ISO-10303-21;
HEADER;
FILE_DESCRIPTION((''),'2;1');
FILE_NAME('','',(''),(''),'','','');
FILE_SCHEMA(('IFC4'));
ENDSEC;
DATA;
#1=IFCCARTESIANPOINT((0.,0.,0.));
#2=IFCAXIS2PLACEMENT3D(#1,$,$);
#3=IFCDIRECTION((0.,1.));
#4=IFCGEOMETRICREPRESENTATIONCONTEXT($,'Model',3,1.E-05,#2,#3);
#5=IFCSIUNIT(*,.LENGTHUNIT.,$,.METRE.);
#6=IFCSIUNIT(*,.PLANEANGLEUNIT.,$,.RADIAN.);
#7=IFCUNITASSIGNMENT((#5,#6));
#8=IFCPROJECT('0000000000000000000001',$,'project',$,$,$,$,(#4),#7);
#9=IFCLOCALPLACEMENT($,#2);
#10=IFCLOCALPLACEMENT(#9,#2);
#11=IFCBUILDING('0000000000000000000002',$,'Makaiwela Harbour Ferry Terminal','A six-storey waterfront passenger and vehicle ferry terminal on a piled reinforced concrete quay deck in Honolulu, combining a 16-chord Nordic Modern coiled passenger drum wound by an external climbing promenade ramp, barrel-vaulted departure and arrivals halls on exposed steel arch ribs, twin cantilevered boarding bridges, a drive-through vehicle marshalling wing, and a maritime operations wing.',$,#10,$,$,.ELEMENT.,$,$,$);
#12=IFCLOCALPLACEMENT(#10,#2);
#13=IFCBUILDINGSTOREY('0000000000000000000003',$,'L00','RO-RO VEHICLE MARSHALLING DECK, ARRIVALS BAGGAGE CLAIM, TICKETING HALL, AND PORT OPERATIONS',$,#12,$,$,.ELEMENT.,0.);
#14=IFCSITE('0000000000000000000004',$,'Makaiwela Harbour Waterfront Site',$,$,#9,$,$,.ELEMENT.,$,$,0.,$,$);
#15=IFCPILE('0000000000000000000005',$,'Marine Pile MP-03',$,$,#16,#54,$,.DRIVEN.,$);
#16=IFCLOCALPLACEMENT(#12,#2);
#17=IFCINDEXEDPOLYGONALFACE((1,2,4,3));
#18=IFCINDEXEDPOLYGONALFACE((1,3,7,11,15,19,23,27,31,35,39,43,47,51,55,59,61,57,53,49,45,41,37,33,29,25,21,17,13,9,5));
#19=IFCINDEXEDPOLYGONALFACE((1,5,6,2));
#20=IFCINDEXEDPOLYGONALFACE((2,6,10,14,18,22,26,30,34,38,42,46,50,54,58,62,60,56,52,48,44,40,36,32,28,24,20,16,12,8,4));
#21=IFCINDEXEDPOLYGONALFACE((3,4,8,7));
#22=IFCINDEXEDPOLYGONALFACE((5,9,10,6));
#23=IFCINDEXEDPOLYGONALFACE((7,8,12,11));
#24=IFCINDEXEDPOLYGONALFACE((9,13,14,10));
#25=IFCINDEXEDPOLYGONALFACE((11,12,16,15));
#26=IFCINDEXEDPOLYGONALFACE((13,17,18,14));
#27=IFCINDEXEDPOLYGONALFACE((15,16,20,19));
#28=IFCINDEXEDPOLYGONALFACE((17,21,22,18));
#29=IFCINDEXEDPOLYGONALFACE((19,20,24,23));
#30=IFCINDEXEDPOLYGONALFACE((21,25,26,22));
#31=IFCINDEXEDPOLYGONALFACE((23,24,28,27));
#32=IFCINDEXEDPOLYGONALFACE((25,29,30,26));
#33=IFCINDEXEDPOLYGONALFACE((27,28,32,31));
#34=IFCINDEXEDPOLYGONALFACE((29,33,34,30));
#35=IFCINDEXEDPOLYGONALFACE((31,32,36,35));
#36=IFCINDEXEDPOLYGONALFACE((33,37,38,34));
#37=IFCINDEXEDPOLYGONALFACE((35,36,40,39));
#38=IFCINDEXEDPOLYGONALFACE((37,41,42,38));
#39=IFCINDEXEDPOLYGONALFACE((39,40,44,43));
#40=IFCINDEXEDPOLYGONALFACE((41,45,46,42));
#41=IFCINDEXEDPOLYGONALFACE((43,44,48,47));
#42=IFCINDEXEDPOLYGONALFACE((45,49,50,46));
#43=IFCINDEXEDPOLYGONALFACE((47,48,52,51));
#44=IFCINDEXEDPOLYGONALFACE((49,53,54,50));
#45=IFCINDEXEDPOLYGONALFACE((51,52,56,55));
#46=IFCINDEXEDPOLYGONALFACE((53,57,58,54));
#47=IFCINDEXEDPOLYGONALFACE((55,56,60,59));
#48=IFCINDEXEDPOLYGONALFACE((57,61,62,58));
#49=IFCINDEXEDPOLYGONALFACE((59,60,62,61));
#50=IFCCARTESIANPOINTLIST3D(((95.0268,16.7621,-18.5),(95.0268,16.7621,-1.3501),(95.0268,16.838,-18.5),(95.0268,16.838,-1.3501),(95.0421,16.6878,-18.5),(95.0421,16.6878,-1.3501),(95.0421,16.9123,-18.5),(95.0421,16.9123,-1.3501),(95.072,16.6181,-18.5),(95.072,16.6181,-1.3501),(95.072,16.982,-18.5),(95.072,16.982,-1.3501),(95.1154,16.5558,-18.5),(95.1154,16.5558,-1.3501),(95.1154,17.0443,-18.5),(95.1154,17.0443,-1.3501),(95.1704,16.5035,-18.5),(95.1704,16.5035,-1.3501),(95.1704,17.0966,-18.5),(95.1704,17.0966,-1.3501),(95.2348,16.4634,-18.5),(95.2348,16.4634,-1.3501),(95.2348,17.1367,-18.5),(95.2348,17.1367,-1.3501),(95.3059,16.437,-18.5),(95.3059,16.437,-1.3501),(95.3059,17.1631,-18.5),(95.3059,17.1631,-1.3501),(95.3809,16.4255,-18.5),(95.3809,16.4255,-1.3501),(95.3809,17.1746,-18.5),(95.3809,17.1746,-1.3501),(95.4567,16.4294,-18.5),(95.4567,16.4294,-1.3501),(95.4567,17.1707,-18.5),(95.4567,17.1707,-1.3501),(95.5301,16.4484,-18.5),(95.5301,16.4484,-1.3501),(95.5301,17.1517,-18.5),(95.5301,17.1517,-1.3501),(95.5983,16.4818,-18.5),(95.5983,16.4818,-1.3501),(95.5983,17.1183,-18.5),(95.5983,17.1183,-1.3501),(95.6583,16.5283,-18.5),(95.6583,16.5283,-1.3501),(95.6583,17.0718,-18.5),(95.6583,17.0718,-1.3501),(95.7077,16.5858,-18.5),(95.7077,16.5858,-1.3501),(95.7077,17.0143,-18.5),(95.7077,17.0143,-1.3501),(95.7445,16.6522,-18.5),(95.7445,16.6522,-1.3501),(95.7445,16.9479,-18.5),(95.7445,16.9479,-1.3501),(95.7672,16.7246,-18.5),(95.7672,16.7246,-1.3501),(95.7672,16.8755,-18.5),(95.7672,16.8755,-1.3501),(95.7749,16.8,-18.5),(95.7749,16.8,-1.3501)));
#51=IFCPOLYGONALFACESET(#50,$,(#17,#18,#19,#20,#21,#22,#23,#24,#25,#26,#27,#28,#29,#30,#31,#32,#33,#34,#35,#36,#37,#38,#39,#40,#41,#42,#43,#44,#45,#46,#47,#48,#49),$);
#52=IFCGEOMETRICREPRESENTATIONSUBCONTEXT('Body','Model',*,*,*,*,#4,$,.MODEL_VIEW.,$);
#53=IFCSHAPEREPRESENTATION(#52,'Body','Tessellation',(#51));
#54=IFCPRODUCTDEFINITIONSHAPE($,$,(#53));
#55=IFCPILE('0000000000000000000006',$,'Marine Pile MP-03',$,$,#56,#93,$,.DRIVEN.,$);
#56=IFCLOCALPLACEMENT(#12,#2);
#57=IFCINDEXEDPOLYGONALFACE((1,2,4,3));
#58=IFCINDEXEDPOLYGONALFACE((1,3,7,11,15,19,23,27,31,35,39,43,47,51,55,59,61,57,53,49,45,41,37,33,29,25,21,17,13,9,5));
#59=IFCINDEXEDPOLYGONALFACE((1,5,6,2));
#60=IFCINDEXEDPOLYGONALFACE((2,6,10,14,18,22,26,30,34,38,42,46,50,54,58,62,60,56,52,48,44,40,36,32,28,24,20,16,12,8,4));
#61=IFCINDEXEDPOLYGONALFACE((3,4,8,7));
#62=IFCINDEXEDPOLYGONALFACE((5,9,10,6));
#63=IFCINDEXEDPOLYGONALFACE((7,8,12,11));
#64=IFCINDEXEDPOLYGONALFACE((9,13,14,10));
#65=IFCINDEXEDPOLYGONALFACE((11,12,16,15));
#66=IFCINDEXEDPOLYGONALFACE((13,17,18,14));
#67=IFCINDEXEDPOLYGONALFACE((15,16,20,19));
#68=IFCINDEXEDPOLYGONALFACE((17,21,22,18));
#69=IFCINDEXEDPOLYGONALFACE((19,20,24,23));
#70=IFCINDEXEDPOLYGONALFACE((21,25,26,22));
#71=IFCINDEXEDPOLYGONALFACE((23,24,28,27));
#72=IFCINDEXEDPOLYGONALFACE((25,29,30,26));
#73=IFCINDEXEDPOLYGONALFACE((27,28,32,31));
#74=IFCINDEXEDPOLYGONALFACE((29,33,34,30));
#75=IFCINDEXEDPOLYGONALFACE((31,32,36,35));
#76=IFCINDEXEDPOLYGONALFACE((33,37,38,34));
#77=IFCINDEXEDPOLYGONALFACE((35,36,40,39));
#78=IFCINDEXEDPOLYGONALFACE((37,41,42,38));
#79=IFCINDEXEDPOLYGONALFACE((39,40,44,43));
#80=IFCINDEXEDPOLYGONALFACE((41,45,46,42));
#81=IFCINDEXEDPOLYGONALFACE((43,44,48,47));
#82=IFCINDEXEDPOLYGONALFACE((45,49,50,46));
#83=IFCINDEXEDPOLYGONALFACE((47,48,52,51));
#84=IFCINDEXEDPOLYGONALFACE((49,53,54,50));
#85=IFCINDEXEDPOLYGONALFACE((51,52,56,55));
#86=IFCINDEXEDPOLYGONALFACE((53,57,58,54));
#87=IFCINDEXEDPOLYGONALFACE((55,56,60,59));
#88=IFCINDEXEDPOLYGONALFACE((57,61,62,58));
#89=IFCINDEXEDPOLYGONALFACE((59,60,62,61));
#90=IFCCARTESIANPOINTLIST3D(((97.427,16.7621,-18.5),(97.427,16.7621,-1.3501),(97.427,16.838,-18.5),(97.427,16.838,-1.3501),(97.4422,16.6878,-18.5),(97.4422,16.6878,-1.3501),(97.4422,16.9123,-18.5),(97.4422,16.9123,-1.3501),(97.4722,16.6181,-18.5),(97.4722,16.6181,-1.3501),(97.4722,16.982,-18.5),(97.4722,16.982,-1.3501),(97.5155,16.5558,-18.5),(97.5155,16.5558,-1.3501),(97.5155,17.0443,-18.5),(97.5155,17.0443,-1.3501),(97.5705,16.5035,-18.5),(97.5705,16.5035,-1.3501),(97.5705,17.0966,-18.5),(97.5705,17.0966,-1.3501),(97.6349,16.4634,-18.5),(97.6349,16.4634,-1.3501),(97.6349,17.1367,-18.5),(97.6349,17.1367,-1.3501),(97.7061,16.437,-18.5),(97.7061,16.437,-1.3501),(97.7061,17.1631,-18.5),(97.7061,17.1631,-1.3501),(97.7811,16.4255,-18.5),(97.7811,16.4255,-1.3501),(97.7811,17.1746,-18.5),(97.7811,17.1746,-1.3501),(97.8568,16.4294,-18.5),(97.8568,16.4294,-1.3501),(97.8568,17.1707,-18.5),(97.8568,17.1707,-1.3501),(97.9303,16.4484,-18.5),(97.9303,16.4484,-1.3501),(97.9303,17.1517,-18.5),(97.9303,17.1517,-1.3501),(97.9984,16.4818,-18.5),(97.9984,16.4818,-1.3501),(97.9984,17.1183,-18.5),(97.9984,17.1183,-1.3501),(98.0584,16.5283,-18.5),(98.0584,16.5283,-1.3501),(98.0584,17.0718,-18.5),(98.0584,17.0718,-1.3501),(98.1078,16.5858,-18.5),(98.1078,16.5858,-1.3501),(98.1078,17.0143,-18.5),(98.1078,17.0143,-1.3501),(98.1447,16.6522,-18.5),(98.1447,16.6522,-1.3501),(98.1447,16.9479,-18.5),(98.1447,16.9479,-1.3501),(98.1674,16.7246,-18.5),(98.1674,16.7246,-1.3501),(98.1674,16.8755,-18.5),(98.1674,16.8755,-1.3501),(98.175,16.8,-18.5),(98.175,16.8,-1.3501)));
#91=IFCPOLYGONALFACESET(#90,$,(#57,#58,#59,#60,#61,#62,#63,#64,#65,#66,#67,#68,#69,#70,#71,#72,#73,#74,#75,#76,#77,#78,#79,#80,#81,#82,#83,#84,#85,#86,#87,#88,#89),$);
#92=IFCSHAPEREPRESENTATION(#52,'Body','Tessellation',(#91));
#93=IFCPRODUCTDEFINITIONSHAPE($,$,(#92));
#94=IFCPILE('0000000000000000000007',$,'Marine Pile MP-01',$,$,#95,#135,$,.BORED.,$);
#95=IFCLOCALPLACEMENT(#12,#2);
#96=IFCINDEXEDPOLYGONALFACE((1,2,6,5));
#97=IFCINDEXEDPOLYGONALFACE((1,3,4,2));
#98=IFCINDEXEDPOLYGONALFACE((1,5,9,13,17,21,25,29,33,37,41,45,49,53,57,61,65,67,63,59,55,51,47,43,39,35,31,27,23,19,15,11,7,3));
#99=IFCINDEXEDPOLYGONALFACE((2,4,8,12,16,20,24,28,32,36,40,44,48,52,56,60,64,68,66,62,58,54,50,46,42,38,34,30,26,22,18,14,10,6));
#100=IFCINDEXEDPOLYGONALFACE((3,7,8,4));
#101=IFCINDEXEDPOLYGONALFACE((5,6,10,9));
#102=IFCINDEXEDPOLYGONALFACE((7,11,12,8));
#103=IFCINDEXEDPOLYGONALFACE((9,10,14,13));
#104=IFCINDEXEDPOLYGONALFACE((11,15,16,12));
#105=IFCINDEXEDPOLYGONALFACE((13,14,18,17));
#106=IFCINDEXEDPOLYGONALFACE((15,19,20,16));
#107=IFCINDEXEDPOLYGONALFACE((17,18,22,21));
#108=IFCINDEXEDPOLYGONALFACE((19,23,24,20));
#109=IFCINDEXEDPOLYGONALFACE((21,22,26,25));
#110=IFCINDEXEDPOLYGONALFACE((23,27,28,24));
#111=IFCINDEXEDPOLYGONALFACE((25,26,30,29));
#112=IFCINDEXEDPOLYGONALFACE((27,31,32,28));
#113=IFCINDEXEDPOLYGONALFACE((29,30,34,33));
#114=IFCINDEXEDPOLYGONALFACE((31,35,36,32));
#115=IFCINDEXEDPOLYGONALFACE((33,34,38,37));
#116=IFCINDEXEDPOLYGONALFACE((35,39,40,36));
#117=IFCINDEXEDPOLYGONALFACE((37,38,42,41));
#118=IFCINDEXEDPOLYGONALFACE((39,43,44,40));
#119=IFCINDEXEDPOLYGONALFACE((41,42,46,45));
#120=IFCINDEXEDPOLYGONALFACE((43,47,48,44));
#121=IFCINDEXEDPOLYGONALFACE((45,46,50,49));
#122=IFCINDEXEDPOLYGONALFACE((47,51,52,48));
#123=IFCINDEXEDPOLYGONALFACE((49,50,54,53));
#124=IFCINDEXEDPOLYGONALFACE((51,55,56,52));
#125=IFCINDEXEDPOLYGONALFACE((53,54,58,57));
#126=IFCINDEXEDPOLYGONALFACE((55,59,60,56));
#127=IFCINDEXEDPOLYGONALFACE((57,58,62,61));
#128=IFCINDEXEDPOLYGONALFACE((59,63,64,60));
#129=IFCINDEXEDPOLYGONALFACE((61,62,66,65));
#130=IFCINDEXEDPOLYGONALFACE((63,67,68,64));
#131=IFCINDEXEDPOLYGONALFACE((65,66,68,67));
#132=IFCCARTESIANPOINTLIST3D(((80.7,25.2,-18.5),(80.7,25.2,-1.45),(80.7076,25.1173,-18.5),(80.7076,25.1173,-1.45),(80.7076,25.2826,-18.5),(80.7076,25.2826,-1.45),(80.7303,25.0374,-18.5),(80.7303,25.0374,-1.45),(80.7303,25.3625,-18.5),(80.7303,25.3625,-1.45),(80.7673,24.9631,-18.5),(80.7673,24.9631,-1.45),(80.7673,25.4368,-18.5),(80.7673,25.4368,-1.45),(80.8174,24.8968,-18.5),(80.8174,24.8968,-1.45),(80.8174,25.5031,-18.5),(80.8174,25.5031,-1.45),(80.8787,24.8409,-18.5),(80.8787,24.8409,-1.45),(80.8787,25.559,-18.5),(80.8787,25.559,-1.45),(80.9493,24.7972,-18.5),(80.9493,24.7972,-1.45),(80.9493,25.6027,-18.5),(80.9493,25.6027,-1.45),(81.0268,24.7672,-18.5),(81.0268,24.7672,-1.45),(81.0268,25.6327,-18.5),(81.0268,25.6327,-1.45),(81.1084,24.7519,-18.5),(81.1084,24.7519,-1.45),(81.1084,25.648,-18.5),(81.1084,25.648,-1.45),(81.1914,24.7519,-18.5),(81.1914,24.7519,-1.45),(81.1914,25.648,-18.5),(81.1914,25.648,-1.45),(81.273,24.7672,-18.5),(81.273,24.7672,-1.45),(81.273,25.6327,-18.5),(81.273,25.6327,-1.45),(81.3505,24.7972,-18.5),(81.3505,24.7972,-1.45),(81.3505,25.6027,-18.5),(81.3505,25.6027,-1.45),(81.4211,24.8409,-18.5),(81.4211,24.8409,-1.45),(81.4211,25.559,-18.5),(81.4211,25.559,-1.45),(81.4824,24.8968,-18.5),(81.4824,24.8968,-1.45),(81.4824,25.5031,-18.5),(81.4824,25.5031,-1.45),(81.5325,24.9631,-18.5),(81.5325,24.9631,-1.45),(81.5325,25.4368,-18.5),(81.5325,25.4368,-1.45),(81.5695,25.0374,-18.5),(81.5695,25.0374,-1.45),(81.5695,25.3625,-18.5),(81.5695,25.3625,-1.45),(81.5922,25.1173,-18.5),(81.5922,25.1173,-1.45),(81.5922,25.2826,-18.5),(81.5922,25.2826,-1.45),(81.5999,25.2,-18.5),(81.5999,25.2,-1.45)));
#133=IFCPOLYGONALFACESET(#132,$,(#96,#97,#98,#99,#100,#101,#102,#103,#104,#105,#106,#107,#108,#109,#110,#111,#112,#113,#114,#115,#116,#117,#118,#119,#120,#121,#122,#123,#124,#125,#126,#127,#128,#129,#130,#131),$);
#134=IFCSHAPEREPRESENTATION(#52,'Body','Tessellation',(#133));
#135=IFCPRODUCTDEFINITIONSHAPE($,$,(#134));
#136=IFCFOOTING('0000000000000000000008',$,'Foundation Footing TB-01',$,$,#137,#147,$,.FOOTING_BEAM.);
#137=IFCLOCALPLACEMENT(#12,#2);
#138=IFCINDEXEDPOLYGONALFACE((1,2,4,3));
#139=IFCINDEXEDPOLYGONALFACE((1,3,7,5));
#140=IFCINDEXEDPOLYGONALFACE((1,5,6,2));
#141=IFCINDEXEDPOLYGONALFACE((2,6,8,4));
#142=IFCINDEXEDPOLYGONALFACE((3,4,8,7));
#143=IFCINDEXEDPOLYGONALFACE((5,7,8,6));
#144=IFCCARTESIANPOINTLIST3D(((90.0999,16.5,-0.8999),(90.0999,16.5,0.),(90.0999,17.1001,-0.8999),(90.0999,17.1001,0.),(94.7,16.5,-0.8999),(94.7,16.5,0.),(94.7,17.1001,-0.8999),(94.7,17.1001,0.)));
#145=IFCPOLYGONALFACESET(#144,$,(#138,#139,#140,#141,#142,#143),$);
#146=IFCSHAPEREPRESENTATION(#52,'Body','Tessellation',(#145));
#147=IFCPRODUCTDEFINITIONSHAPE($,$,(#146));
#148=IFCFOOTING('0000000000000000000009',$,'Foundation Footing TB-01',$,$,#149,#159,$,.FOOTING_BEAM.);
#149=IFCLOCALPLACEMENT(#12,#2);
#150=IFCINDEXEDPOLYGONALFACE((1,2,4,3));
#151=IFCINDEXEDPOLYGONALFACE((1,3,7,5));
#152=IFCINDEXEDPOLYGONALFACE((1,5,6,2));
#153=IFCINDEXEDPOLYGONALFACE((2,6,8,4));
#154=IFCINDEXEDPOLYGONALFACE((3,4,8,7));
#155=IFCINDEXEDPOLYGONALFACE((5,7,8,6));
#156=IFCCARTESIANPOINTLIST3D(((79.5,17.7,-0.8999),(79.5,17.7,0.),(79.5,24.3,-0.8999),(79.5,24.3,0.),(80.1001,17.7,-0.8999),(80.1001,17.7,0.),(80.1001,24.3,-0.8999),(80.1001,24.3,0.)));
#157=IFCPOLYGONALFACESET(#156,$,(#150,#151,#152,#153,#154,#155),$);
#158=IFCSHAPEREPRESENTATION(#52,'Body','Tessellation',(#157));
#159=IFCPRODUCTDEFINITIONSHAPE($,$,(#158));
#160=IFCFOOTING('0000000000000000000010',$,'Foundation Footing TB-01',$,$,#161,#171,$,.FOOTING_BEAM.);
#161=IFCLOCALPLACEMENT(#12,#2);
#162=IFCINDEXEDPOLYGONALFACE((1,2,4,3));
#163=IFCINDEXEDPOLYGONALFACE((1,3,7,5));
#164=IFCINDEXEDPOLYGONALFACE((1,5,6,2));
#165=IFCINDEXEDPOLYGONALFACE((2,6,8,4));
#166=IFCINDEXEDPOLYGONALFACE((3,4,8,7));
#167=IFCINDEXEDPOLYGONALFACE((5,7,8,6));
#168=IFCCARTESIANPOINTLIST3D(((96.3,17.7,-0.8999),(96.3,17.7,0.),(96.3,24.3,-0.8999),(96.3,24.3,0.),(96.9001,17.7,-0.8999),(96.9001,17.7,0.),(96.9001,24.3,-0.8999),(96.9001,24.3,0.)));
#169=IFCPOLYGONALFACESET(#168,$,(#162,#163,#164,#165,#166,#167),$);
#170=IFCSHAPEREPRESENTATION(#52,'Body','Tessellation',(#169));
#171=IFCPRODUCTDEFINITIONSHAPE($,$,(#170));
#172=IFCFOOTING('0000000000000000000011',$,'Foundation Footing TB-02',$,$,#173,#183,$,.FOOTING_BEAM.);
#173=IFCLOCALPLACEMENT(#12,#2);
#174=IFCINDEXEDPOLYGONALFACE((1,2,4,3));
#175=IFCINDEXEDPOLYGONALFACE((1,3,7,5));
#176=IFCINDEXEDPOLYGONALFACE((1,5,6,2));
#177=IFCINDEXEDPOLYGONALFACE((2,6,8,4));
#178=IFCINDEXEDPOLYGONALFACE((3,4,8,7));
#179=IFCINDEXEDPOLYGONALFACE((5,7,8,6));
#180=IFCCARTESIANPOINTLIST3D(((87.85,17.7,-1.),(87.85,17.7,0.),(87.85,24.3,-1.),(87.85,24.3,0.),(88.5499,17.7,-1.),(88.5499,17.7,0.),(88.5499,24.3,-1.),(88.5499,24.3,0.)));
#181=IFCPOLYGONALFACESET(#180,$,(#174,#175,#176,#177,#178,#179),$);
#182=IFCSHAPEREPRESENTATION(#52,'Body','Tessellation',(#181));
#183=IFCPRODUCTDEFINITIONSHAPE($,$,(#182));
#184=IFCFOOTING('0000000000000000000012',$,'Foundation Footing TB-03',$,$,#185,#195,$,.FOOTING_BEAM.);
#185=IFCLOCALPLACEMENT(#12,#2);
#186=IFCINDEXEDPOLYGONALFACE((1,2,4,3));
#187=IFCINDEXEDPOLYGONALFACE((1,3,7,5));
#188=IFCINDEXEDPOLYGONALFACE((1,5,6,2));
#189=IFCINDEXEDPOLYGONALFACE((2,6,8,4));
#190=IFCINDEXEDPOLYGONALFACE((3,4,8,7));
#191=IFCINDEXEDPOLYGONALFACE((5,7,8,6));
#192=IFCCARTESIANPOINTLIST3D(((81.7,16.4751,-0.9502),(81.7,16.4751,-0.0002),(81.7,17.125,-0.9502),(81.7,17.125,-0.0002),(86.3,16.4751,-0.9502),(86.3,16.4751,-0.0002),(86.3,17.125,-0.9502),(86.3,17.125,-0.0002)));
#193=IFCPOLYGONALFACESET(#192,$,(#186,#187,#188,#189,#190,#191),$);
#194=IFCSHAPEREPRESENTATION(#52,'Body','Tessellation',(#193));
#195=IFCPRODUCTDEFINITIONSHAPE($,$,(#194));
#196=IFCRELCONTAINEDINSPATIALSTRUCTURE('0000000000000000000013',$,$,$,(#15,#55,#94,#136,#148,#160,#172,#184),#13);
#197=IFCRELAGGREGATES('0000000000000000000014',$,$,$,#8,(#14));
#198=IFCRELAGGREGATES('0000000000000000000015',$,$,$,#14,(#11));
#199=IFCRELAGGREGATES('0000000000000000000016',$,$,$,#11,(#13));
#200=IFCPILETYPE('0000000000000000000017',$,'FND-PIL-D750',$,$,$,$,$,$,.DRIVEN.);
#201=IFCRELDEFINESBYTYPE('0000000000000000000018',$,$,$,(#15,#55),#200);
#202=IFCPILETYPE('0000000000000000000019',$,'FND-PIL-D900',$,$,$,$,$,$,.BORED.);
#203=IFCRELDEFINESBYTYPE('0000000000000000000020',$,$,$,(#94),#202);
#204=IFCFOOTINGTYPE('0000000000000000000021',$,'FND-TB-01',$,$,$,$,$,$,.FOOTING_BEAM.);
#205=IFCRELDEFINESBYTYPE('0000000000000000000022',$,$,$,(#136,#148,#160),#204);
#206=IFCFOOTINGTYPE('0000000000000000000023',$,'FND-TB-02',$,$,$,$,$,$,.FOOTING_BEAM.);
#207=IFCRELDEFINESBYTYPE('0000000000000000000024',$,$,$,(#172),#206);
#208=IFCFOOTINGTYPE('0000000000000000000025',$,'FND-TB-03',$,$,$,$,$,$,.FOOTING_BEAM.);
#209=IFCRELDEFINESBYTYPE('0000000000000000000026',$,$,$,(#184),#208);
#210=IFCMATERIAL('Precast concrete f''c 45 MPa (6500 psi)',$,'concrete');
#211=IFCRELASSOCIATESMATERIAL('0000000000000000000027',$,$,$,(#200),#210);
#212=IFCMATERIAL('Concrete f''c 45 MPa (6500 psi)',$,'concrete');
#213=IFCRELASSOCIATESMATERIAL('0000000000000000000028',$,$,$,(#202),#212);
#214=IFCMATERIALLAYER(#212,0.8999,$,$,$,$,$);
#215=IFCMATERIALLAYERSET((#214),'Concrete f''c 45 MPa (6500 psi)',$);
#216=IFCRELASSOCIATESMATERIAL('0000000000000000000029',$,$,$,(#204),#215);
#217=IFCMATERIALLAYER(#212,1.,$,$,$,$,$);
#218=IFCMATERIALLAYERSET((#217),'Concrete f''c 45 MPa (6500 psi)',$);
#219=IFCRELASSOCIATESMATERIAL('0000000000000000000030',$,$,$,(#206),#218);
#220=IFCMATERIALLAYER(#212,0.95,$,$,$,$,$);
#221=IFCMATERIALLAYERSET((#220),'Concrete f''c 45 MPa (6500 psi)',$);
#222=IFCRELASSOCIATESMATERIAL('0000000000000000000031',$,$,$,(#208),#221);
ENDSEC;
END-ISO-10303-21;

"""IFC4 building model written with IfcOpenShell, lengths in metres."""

from ifc_helpers import new_model, si_unit, direction, frame, origin, origin_2d, place, context, subcontext, project, spatial, rectangle, circle, extrude, material, layer, layer_set, material_profile, profile_set, type_object, element, save


model = new_model("IFC4")

# Units and contexts
model_context = context("Model", 3, precision=1e-05, world=origin(), true_north=direction((0.0, 1.0)))
body_context = subcontext(model_context, "Body", "Model", "MODEL_VIEW")
ifc_project = project(units=[si_unit("LENGTHUNIT", "METRE"), si_unit("PLANEANGLEUNIT", "RADIAN")], contexts=[model_context])

# Site, building, storey
site_placement = place(None, origin())
site = spatial("IfcSite", under=ifc_project, at=site_placement, Name="Makaiwela Harbour Waterfront Site", CompositionType="ELEMENT", RefElevation=0.0)
building_placement = place(site_placement, origin())
building = spatial("IfcBuilding", under=site, at=building_placement, Name="Makaiwela Harbour Ferry Terminal", Description="A six-storey waterfront passenger and vehicle ferry terminal on a piled reinforced concrete quay deck in Honolulu, combining a 16-chord Nordic Modern coiled passenger drum wound by an external climbing promenade ramp, barrel-vaulted departure and arrivals halls on exposed steel arch ribs, twin cantilevered boarding bridges, a drive-through vehicle marshalling wing, and a maritime operations wing.", CompositionType="ELEMENT")
storey_placement = place(building_placement, origin())
storey = spatial("IfcBuildingStorey", under=building, at=storey_placement, Name="L00", Description="RO-RO VEHICLE MARSHALLING DECK, ARRIVALS BAGGAGE CLAIM, TICKETING HALL, AND PORT OPERATIONS", CompositionType="ELEMENT", Elevation=0.0)

# Shared definitions
ifc_material_1 = material(Name="Concrete f'c 45 MPa (6500 psi)", Category="concrete")

# Piles
ifc_material_2 = material(Name="Precast concrete f'c 45 MPa (6500 psi)", Category="concrete")
ifc_material_profile_1 = material_profile(ifc_material_2, circle(Radius=0.375, at=origin_2d()), Name="PILE-D750")
ifc_profile_set_1 = profile_set([ifc_material_profile_1], Name="Precast concrete f'c 45 MPa (6500 psi)")
pile_type_1 = type_object("IfcPileType", Name="FND-PIL-D750", PredefinedType="DRIVEN", material=ifc_profile_set_1)
for number, where, z_axis, x_axis, name in (
    (1, (95.3999, 16.8, -1.3501), (0.0, 0.0, -1.0), (1.0, 0.0, 0.0), "Marine Pile MP-03"),
    (2, (97.8, 16.8, -1.3501), (0.0, 0.0, -1.0), (1.0, 0.0, 0.0), "Marine Pile MP-03"),
):
    element("IfcPile", number, at=place(storey_placement, frame(where, z_axis=z_axis, x_axis=x_axis)), inside=storey, type_object=pile_type_1, Name=name, PredefinedType="DRIVEN", context=body_context, shape_type="SweptSolid", body=[
        extrude(circle(Radius=0.375, at=origin_2d()), origin(), (0.0, 0.0, 1.0), 17.1499),
    ])
ifc_material_profile_2 = material_profile(ifc_material_1, circle(Radius=0.45, at=origin_2d()), Name="PILE-D900")
ifc_profile_set_2 = profile_set([ifc_material_profile_2], Name="Concrete f'c 45 MPa (6500 psi)")
pile_type_2 = type_object("IfcPileType", Name="FND-PIL-D900", PredefinedType="BORED", material=ifc_profile_set_2)
pile_placement = place(storey_placement, frame((81.1499, 25.2, -1.45), z_axis=(0.0, 0.0, -1.0), x_axis=(1.0, 0.0, 0.0)))
element("IfcPile", 3, at=pile_placement, inside=storey, type_object=pile_type_2, Name="Marine Pile MP-01", PredefinedType="BORED", context=body_context, shape_type="SweptSolid", body=[
    extrude(circle(Radius=0.45, at=origin_2d()), origin(), (0.0, 0.0, 1.0), 17.05),
])

# Footings
ifc_layer_1 = layer(ifc_material_1, 0.8999)
ifc_layer_set_1 = layer_set([ifc_layer_1], Name="Concrete f'c 45 MPa (6500 psi)")
footing_type_1 = type_object("IfcFootingType", Name="FND-TB-01", PredefinedType="FOOTING_BEAM", material=ifc_layer_set_1)
footing_1_placement = place(storey_placement, frame((92.3999, 16.8, -0.8999), z_axis=(0.0, 0.0, 1.0), x_axis=(1.0, 0.0, 0.0)))
element("IfcFooting", 4, at=footing_1_placement, inside=storey, type_object=footing_type_1, Name="Foundation Footing TB-01", PredefinedType="FOOTING_BEAM", context=body_context, shape_type="SweptSolid", body=[
    extrude(rectangle(XDim=4.6001, YDim=0.6001, at=origin_2d()), origin(), (0.0, 0.0, 1.0), 0.8999),
])
for number, where, z_axis, x_axis, name in (
    (5, (79.8, 21.0, -0.8999), (0.0, 0.0, 1.0), (0.0, 1.0, 0.0), "Foundation Footing TB-01"),
    (6, (96.6001, 21.0, -0.8999), (0.0, 0.0, 1.0), (0.0, 1.0, 0.0), "Foundation Footing TB-01"),
):
    element("IfcFooting", number, at=place(storey_placement, frame(where, z_axis=z_axis, x_axis=x_axis)), inside=storey, type_object=footing_type_1, Name=name, PredefinedType="FOOTING_BEAM", context=body_context, shape_type="SweptSolid", body=[
        extrude(rectangle(XDim=6.6001, YDim=0.6001, at=origin_2d()), origin(), (0.0, 0.0, 1.0), 0.8999),
    ])
ifc_layer_2 = layer(ifc_material_1, 1.0)
ifc_layer_set_2 = layer_set([ifc_layer_2], Name="Concrete f'c 45 MPa (6500 psi)")
footing_type_2 = type_object("IfcFootingType", Name="FND-TB-02", PredefinedType="FOOTING_BEAM", material=ifc_layer_set_2)
footing_2_placement = place(storey_placement, frame((88.2, 21.0, -1.0), z_axis=(0.0, 0.0, 1.0), x_axis=(0.0, 1.0, 0.0)))
element("IfcFooting", 7, at=footing_2_placement, inside=storey, type_object=footing_type_2, Name="Foundation Footing TB-02", PredefinedType="FOOTING_BEAM", context=body_context, shape_type="SweptSolid", body=[
    extrude(rectangle(XDim=6.6001, YDim=0.7, at=origin_2d()), origin(), (0.0, 0.0, 1.0), 1.0),
])
ifc_layer_3 = layer(ifc_material_1, 0.95)
ifc_layer_set_3 = layer_set([ifc_layer_3], Name="Concrete f'c 45 MPa (6500 psi)")
footing_type_3 = type_object("IfcFootingType", Name="FND-TB-03", PredefinedType="FOOTING_BEAM", material=ifc_layer_set_3)
footing_3_placement = place(storey_placement, frame((84.0, 16.8, -0.9502), z_axis=(0.0, 0.0, 1.0), x_axis=(1.0, 0.0, 0.0)))
element("IfcFooting", 8, at=footing_3_placement, inside=storey, type_object=footing_type_3, Name="Foundation Footing TB-03", PredefinedType="FOOTING_BEAM", context=body_context, shape_type="SweptSolid", body=[
    extrude(rectangle(XDim=4.6001, YDim=0.6499, at=origin_2d()), origin(), (0.0, 0.0, 1.0), 0.95),
])

save(model, "model.ifc")
